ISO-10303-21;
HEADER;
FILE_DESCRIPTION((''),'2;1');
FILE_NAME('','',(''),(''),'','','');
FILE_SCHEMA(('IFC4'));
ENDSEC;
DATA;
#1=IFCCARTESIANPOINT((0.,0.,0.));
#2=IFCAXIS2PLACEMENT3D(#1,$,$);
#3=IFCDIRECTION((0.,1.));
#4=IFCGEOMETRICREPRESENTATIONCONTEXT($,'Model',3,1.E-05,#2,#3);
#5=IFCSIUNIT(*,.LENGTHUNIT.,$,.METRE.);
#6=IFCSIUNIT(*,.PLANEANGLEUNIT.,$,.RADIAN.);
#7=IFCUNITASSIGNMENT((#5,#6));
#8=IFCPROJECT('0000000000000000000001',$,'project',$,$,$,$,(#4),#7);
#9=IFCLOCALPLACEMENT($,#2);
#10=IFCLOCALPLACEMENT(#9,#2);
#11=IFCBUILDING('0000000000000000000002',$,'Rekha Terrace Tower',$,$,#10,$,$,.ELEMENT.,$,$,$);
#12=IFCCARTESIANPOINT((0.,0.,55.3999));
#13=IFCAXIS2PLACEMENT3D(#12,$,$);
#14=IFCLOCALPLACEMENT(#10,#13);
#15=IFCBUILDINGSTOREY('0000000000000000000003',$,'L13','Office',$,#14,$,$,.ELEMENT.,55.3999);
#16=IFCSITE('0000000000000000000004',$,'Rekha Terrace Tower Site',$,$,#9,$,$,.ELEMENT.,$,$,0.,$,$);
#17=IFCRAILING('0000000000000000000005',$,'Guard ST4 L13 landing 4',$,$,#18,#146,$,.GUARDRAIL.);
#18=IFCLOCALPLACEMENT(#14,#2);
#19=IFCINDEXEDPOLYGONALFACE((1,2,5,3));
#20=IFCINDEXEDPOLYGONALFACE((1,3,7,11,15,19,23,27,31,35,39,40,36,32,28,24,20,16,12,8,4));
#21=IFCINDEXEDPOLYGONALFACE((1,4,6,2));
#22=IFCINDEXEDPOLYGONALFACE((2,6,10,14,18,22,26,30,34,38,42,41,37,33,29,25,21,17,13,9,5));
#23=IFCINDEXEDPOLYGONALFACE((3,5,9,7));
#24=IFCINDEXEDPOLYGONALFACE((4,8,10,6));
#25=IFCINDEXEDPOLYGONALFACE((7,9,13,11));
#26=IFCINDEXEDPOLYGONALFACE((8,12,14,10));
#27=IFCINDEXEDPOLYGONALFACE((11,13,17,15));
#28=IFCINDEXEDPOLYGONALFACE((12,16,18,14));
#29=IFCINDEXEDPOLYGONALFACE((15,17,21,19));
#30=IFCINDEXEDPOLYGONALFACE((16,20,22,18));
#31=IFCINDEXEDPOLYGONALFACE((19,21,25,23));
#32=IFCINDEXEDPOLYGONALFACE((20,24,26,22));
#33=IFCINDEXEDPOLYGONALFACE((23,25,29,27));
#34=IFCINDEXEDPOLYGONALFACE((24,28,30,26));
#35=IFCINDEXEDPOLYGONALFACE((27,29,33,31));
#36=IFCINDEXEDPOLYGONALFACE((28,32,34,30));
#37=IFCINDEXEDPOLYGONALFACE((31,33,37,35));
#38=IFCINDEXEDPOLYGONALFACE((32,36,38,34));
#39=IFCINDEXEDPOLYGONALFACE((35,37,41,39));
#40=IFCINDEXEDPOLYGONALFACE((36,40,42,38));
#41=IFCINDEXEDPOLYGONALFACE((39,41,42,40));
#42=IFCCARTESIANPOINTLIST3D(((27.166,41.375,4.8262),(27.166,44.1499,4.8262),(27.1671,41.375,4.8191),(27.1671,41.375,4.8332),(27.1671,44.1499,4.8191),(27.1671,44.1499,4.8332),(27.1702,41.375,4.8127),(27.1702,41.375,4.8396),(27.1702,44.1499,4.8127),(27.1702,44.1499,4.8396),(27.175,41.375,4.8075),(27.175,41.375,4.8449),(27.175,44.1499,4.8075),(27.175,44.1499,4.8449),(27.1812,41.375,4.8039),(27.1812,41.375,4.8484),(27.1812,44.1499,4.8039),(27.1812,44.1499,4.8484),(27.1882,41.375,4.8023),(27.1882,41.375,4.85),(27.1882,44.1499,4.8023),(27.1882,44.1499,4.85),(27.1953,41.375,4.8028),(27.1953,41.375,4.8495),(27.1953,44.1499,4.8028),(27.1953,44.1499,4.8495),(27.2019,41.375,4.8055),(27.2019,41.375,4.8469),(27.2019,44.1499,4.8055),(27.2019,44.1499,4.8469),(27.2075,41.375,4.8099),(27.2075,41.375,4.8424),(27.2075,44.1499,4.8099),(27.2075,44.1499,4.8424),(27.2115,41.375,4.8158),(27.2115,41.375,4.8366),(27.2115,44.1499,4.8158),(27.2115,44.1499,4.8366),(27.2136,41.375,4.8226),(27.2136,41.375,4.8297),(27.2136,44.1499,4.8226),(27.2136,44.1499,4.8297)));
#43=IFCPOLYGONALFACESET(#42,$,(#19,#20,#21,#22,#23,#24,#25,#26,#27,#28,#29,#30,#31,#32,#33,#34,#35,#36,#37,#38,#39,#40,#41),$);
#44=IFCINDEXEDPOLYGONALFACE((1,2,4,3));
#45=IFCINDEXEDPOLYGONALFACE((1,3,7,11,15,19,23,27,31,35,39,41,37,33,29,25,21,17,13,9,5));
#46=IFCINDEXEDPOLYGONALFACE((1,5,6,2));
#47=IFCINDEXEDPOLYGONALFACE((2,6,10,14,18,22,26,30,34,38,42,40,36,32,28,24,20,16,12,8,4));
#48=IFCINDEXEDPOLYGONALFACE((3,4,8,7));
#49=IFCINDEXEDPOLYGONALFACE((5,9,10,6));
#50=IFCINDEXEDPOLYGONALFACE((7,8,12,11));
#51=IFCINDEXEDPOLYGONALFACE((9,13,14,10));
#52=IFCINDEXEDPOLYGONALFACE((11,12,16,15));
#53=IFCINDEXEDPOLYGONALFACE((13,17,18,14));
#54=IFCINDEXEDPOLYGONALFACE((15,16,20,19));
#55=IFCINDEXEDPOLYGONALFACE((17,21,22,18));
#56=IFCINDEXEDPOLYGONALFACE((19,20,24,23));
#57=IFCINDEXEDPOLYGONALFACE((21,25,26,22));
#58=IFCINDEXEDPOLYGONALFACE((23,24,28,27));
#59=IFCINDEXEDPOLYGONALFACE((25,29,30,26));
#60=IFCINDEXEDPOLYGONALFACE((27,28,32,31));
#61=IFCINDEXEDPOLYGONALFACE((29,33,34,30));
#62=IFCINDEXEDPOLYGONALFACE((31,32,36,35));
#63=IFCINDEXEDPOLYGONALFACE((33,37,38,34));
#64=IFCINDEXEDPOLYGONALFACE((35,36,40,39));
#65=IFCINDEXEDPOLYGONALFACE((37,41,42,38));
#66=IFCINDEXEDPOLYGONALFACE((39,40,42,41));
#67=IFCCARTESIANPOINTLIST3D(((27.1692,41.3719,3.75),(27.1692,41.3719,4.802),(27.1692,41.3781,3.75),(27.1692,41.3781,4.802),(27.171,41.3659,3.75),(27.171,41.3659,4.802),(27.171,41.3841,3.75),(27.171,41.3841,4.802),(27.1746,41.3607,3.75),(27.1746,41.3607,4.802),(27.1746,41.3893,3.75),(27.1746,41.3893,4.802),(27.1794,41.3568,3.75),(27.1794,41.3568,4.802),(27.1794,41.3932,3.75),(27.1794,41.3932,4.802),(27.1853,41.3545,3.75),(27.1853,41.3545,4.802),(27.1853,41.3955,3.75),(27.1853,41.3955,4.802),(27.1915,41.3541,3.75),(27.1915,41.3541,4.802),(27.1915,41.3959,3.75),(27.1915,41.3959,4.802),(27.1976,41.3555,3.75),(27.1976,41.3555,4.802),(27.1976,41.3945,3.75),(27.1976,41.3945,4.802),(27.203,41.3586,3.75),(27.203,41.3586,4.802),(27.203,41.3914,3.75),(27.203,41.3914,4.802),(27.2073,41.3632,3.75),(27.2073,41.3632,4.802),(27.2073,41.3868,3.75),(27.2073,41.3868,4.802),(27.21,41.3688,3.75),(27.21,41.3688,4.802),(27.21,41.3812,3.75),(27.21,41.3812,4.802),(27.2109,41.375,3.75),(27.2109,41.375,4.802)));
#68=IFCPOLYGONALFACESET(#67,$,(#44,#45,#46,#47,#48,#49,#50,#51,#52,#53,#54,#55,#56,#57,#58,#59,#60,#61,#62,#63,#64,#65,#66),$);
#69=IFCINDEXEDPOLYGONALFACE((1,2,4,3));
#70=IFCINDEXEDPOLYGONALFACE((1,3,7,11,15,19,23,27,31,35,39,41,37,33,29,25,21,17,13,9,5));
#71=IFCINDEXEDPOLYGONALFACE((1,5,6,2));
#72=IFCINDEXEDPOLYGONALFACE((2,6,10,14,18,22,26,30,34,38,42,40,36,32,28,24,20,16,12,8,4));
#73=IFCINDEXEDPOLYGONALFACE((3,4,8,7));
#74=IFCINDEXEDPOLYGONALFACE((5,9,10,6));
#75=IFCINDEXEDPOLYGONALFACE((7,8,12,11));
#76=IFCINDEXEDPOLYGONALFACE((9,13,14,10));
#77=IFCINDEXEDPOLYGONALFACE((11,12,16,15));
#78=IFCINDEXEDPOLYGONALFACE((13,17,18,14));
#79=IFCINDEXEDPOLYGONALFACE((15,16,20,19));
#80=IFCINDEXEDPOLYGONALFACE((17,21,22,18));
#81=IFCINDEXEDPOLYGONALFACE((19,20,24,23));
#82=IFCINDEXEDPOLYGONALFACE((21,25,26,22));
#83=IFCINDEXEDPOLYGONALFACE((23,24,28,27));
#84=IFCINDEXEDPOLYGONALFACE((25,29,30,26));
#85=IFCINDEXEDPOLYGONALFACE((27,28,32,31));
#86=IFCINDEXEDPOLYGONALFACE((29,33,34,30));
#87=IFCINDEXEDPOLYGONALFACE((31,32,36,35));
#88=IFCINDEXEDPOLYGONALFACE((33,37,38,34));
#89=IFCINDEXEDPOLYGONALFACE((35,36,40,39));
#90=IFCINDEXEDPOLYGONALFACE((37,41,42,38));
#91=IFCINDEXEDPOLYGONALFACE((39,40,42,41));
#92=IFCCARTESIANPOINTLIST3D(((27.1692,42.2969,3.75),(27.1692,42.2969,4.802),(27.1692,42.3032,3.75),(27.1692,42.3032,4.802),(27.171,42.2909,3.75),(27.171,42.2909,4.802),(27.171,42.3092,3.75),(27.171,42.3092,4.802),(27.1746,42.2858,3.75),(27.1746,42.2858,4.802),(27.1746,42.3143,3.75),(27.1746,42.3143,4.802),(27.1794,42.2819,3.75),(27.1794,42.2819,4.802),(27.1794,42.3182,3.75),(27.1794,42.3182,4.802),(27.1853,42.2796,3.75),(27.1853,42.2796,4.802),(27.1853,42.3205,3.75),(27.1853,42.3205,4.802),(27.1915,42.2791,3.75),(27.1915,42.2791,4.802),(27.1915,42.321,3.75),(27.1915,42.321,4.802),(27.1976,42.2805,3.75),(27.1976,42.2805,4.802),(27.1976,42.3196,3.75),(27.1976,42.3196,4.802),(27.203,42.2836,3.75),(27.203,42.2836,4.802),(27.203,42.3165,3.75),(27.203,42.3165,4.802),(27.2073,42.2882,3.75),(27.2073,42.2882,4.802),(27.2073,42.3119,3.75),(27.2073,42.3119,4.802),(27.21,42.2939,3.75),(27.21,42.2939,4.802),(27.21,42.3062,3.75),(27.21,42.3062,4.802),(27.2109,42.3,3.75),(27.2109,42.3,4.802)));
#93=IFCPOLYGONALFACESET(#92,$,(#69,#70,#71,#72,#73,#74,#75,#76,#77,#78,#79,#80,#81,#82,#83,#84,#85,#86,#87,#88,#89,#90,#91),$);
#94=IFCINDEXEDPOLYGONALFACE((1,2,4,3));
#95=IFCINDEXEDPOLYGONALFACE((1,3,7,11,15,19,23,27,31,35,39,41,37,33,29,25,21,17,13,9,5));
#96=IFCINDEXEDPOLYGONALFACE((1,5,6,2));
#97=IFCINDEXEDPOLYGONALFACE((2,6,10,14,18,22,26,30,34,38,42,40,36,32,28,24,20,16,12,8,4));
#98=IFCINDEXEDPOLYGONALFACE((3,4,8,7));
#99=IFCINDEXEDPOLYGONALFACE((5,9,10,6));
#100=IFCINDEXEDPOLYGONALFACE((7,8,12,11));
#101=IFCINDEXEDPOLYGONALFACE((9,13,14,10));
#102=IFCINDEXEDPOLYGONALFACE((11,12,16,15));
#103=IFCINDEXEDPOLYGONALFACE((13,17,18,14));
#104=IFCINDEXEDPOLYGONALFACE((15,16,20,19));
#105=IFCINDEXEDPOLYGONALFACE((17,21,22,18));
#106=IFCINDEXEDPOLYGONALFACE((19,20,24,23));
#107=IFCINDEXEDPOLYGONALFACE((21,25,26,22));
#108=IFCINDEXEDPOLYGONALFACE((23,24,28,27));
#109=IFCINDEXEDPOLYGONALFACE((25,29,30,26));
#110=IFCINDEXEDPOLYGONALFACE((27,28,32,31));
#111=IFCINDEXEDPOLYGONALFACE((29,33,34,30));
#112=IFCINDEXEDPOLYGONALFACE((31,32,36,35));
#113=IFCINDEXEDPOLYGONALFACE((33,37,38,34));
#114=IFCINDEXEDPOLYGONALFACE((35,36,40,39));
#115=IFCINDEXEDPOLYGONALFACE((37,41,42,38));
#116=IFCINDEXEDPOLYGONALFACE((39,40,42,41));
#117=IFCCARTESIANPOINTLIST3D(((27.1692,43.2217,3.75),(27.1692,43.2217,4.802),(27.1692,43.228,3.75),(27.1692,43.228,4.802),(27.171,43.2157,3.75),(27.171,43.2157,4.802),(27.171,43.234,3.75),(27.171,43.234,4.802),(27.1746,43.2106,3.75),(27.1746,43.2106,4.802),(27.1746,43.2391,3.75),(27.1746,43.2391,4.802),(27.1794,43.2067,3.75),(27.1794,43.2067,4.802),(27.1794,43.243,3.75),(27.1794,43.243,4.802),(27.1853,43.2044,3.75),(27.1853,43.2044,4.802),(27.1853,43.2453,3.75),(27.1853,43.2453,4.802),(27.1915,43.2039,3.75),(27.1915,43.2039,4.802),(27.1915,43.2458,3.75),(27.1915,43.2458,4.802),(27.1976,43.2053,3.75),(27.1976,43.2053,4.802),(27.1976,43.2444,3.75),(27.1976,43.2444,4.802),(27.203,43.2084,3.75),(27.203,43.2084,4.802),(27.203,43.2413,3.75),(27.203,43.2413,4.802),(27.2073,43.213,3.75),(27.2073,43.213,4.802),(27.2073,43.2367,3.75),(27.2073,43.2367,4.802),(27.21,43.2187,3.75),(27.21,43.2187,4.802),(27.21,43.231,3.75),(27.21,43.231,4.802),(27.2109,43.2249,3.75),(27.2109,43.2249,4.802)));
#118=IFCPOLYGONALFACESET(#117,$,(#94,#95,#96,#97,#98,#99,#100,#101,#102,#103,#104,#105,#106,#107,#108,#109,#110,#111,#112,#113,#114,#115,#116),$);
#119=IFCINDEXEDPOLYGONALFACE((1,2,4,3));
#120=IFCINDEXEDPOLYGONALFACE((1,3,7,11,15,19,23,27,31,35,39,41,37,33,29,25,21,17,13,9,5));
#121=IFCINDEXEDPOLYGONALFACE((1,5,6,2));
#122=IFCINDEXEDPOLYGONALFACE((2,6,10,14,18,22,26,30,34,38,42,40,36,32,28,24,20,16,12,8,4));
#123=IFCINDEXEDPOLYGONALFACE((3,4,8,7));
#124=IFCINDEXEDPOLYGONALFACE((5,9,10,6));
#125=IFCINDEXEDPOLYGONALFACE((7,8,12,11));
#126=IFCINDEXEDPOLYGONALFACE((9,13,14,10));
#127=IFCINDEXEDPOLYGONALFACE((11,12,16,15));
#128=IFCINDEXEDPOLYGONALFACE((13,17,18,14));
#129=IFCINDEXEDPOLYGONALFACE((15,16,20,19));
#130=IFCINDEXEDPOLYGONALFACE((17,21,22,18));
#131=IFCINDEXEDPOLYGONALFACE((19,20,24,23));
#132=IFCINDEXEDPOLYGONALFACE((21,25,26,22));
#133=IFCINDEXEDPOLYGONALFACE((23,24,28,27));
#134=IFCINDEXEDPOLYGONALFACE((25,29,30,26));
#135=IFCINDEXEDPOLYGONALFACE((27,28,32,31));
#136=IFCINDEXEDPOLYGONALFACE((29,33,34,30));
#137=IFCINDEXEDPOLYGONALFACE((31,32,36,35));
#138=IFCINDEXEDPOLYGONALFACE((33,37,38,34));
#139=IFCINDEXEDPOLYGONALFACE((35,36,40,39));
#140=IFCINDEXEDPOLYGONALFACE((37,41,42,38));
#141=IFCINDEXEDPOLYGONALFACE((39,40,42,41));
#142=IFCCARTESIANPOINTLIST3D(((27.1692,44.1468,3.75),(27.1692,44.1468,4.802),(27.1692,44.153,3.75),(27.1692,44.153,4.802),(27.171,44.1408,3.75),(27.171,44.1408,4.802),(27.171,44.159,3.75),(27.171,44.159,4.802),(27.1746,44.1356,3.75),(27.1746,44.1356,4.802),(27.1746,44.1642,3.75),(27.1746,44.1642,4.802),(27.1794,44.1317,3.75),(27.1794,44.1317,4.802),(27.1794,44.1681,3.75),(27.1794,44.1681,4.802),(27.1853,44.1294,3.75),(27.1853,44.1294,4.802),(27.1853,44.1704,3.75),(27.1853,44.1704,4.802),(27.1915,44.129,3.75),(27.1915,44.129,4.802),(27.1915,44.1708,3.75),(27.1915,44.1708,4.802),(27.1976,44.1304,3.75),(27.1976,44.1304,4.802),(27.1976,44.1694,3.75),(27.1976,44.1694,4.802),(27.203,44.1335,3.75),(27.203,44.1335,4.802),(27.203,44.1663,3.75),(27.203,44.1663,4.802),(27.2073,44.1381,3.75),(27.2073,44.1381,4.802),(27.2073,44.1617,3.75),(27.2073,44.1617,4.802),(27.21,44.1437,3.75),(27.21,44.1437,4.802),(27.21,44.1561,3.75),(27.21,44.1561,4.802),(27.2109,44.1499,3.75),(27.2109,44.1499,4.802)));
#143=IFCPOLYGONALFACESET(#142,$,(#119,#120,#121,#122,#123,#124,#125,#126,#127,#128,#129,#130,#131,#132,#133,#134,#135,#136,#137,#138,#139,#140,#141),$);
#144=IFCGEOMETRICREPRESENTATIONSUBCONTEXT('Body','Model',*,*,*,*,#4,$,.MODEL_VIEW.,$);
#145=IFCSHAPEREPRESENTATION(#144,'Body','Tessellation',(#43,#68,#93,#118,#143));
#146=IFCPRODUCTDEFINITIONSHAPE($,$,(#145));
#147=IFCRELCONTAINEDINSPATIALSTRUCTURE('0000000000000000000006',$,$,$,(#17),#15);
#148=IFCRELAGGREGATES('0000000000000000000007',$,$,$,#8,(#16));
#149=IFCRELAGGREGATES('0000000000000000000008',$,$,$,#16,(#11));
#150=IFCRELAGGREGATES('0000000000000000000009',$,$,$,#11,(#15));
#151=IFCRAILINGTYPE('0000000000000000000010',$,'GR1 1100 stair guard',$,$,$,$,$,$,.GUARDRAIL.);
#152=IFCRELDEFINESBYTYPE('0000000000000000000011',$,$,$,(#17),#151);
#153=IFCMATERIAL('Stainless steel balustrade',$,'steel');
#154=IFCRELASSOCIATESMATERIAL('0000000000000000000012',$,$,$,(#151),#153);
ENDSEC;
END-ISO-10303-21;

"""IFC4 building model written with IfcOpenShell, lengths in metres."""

from ifc_helpers import new_model, si_unit, direction, frame, origin, origin_2d, place, context, subcontext, project, spatial, circle, extrude, material, type_object, element, save


model = new_model("IFC4")

# Units and contexts
model_context = context("Model", 3, precision=1e-05, world=origin(), true_north=direction((0.0, 1.0)))
body_context = subcontext(model_context, "Body", "Model", "MODEL_VIEW")
ifc_project = project(units=[si_unit("LENGTHUNIT", "METRE"), si_unit("PLANEANGLEUNIT", "RADIAN")], contexts=[model_context])

# Site, building, storey
site_placement = place(None, origin())
site = spatial("IfcSite", under=ifc_project, at=site_placement, Name="Rekha Terrace Tower Site", CompositionType="ELEMENT", RefElevation=0.0)
building_placement = place(site_placement, origin())
building = spatial("IfcBuilding", under=site, at=building_placement, Name="Rekha Terrace Tower", CompositionType="ELEMENT")
storey_placement = place(building_placement, frame((0.0, 0.0, 55.3999)))
storey = spatial("IfcBuildingStorey", under=building, at=storey_placement, Name="L13", Description="Office", CompositionType="ELEMENT", Elevation=55.3999)

# Railing
ifc_material_1 = material(Name="Stainless steel balustrade", Category="steel")
railing_type_1 = type_object("IfcRailingType", Name="GR1 1100 stair guard", PredefinedType="GUARDRAIL", material=ifc_material_1)
railing_1_placement = place(storey_placement, frame((27.1899, 41.375, 3.75)))
element("IfcRailing", 1, at=railing_1_placement, inside=storey, type_object=railing_type_1, Name="Guard ST4 L13 landing 4", PredefinedType="GUARDRAIL", context=body_context, shape_type="SweptSolid", body=[
    extrude(circle(Radius=0.0239, at=origin_2d()), frame((0.0, 0.0, 1.0762), z_axis=(0.0, 1.0, 0.0), x_axis=(-1.0, 0.0, 0.0)), (0.0, 0.0, 1.0), 2.7749),
    extrude(circle(Radius=0.021, at=origin_2d()), origin(), (0.0, 0.0, 1.0), 1.052),
    extrude(circle(Radius=0.021, at=origin_2d()), frame((0.0, 0.925, 0.0)), (0.0, 0.0, 1.0), 1.052),
    extrude(circle(Radius=0.021, at=origin_2d()), frame((0.0, 1.8499, 0.0)), (0.0, 0.0, 1.0), 1.052),
    extrude(circle(Radius=0.021, at=origin_2d()), frame((0.0, 2.7749, 0.0)), (0.0, 0.0, 1.0), 1.052),
])

save(model, "model.ifc")
